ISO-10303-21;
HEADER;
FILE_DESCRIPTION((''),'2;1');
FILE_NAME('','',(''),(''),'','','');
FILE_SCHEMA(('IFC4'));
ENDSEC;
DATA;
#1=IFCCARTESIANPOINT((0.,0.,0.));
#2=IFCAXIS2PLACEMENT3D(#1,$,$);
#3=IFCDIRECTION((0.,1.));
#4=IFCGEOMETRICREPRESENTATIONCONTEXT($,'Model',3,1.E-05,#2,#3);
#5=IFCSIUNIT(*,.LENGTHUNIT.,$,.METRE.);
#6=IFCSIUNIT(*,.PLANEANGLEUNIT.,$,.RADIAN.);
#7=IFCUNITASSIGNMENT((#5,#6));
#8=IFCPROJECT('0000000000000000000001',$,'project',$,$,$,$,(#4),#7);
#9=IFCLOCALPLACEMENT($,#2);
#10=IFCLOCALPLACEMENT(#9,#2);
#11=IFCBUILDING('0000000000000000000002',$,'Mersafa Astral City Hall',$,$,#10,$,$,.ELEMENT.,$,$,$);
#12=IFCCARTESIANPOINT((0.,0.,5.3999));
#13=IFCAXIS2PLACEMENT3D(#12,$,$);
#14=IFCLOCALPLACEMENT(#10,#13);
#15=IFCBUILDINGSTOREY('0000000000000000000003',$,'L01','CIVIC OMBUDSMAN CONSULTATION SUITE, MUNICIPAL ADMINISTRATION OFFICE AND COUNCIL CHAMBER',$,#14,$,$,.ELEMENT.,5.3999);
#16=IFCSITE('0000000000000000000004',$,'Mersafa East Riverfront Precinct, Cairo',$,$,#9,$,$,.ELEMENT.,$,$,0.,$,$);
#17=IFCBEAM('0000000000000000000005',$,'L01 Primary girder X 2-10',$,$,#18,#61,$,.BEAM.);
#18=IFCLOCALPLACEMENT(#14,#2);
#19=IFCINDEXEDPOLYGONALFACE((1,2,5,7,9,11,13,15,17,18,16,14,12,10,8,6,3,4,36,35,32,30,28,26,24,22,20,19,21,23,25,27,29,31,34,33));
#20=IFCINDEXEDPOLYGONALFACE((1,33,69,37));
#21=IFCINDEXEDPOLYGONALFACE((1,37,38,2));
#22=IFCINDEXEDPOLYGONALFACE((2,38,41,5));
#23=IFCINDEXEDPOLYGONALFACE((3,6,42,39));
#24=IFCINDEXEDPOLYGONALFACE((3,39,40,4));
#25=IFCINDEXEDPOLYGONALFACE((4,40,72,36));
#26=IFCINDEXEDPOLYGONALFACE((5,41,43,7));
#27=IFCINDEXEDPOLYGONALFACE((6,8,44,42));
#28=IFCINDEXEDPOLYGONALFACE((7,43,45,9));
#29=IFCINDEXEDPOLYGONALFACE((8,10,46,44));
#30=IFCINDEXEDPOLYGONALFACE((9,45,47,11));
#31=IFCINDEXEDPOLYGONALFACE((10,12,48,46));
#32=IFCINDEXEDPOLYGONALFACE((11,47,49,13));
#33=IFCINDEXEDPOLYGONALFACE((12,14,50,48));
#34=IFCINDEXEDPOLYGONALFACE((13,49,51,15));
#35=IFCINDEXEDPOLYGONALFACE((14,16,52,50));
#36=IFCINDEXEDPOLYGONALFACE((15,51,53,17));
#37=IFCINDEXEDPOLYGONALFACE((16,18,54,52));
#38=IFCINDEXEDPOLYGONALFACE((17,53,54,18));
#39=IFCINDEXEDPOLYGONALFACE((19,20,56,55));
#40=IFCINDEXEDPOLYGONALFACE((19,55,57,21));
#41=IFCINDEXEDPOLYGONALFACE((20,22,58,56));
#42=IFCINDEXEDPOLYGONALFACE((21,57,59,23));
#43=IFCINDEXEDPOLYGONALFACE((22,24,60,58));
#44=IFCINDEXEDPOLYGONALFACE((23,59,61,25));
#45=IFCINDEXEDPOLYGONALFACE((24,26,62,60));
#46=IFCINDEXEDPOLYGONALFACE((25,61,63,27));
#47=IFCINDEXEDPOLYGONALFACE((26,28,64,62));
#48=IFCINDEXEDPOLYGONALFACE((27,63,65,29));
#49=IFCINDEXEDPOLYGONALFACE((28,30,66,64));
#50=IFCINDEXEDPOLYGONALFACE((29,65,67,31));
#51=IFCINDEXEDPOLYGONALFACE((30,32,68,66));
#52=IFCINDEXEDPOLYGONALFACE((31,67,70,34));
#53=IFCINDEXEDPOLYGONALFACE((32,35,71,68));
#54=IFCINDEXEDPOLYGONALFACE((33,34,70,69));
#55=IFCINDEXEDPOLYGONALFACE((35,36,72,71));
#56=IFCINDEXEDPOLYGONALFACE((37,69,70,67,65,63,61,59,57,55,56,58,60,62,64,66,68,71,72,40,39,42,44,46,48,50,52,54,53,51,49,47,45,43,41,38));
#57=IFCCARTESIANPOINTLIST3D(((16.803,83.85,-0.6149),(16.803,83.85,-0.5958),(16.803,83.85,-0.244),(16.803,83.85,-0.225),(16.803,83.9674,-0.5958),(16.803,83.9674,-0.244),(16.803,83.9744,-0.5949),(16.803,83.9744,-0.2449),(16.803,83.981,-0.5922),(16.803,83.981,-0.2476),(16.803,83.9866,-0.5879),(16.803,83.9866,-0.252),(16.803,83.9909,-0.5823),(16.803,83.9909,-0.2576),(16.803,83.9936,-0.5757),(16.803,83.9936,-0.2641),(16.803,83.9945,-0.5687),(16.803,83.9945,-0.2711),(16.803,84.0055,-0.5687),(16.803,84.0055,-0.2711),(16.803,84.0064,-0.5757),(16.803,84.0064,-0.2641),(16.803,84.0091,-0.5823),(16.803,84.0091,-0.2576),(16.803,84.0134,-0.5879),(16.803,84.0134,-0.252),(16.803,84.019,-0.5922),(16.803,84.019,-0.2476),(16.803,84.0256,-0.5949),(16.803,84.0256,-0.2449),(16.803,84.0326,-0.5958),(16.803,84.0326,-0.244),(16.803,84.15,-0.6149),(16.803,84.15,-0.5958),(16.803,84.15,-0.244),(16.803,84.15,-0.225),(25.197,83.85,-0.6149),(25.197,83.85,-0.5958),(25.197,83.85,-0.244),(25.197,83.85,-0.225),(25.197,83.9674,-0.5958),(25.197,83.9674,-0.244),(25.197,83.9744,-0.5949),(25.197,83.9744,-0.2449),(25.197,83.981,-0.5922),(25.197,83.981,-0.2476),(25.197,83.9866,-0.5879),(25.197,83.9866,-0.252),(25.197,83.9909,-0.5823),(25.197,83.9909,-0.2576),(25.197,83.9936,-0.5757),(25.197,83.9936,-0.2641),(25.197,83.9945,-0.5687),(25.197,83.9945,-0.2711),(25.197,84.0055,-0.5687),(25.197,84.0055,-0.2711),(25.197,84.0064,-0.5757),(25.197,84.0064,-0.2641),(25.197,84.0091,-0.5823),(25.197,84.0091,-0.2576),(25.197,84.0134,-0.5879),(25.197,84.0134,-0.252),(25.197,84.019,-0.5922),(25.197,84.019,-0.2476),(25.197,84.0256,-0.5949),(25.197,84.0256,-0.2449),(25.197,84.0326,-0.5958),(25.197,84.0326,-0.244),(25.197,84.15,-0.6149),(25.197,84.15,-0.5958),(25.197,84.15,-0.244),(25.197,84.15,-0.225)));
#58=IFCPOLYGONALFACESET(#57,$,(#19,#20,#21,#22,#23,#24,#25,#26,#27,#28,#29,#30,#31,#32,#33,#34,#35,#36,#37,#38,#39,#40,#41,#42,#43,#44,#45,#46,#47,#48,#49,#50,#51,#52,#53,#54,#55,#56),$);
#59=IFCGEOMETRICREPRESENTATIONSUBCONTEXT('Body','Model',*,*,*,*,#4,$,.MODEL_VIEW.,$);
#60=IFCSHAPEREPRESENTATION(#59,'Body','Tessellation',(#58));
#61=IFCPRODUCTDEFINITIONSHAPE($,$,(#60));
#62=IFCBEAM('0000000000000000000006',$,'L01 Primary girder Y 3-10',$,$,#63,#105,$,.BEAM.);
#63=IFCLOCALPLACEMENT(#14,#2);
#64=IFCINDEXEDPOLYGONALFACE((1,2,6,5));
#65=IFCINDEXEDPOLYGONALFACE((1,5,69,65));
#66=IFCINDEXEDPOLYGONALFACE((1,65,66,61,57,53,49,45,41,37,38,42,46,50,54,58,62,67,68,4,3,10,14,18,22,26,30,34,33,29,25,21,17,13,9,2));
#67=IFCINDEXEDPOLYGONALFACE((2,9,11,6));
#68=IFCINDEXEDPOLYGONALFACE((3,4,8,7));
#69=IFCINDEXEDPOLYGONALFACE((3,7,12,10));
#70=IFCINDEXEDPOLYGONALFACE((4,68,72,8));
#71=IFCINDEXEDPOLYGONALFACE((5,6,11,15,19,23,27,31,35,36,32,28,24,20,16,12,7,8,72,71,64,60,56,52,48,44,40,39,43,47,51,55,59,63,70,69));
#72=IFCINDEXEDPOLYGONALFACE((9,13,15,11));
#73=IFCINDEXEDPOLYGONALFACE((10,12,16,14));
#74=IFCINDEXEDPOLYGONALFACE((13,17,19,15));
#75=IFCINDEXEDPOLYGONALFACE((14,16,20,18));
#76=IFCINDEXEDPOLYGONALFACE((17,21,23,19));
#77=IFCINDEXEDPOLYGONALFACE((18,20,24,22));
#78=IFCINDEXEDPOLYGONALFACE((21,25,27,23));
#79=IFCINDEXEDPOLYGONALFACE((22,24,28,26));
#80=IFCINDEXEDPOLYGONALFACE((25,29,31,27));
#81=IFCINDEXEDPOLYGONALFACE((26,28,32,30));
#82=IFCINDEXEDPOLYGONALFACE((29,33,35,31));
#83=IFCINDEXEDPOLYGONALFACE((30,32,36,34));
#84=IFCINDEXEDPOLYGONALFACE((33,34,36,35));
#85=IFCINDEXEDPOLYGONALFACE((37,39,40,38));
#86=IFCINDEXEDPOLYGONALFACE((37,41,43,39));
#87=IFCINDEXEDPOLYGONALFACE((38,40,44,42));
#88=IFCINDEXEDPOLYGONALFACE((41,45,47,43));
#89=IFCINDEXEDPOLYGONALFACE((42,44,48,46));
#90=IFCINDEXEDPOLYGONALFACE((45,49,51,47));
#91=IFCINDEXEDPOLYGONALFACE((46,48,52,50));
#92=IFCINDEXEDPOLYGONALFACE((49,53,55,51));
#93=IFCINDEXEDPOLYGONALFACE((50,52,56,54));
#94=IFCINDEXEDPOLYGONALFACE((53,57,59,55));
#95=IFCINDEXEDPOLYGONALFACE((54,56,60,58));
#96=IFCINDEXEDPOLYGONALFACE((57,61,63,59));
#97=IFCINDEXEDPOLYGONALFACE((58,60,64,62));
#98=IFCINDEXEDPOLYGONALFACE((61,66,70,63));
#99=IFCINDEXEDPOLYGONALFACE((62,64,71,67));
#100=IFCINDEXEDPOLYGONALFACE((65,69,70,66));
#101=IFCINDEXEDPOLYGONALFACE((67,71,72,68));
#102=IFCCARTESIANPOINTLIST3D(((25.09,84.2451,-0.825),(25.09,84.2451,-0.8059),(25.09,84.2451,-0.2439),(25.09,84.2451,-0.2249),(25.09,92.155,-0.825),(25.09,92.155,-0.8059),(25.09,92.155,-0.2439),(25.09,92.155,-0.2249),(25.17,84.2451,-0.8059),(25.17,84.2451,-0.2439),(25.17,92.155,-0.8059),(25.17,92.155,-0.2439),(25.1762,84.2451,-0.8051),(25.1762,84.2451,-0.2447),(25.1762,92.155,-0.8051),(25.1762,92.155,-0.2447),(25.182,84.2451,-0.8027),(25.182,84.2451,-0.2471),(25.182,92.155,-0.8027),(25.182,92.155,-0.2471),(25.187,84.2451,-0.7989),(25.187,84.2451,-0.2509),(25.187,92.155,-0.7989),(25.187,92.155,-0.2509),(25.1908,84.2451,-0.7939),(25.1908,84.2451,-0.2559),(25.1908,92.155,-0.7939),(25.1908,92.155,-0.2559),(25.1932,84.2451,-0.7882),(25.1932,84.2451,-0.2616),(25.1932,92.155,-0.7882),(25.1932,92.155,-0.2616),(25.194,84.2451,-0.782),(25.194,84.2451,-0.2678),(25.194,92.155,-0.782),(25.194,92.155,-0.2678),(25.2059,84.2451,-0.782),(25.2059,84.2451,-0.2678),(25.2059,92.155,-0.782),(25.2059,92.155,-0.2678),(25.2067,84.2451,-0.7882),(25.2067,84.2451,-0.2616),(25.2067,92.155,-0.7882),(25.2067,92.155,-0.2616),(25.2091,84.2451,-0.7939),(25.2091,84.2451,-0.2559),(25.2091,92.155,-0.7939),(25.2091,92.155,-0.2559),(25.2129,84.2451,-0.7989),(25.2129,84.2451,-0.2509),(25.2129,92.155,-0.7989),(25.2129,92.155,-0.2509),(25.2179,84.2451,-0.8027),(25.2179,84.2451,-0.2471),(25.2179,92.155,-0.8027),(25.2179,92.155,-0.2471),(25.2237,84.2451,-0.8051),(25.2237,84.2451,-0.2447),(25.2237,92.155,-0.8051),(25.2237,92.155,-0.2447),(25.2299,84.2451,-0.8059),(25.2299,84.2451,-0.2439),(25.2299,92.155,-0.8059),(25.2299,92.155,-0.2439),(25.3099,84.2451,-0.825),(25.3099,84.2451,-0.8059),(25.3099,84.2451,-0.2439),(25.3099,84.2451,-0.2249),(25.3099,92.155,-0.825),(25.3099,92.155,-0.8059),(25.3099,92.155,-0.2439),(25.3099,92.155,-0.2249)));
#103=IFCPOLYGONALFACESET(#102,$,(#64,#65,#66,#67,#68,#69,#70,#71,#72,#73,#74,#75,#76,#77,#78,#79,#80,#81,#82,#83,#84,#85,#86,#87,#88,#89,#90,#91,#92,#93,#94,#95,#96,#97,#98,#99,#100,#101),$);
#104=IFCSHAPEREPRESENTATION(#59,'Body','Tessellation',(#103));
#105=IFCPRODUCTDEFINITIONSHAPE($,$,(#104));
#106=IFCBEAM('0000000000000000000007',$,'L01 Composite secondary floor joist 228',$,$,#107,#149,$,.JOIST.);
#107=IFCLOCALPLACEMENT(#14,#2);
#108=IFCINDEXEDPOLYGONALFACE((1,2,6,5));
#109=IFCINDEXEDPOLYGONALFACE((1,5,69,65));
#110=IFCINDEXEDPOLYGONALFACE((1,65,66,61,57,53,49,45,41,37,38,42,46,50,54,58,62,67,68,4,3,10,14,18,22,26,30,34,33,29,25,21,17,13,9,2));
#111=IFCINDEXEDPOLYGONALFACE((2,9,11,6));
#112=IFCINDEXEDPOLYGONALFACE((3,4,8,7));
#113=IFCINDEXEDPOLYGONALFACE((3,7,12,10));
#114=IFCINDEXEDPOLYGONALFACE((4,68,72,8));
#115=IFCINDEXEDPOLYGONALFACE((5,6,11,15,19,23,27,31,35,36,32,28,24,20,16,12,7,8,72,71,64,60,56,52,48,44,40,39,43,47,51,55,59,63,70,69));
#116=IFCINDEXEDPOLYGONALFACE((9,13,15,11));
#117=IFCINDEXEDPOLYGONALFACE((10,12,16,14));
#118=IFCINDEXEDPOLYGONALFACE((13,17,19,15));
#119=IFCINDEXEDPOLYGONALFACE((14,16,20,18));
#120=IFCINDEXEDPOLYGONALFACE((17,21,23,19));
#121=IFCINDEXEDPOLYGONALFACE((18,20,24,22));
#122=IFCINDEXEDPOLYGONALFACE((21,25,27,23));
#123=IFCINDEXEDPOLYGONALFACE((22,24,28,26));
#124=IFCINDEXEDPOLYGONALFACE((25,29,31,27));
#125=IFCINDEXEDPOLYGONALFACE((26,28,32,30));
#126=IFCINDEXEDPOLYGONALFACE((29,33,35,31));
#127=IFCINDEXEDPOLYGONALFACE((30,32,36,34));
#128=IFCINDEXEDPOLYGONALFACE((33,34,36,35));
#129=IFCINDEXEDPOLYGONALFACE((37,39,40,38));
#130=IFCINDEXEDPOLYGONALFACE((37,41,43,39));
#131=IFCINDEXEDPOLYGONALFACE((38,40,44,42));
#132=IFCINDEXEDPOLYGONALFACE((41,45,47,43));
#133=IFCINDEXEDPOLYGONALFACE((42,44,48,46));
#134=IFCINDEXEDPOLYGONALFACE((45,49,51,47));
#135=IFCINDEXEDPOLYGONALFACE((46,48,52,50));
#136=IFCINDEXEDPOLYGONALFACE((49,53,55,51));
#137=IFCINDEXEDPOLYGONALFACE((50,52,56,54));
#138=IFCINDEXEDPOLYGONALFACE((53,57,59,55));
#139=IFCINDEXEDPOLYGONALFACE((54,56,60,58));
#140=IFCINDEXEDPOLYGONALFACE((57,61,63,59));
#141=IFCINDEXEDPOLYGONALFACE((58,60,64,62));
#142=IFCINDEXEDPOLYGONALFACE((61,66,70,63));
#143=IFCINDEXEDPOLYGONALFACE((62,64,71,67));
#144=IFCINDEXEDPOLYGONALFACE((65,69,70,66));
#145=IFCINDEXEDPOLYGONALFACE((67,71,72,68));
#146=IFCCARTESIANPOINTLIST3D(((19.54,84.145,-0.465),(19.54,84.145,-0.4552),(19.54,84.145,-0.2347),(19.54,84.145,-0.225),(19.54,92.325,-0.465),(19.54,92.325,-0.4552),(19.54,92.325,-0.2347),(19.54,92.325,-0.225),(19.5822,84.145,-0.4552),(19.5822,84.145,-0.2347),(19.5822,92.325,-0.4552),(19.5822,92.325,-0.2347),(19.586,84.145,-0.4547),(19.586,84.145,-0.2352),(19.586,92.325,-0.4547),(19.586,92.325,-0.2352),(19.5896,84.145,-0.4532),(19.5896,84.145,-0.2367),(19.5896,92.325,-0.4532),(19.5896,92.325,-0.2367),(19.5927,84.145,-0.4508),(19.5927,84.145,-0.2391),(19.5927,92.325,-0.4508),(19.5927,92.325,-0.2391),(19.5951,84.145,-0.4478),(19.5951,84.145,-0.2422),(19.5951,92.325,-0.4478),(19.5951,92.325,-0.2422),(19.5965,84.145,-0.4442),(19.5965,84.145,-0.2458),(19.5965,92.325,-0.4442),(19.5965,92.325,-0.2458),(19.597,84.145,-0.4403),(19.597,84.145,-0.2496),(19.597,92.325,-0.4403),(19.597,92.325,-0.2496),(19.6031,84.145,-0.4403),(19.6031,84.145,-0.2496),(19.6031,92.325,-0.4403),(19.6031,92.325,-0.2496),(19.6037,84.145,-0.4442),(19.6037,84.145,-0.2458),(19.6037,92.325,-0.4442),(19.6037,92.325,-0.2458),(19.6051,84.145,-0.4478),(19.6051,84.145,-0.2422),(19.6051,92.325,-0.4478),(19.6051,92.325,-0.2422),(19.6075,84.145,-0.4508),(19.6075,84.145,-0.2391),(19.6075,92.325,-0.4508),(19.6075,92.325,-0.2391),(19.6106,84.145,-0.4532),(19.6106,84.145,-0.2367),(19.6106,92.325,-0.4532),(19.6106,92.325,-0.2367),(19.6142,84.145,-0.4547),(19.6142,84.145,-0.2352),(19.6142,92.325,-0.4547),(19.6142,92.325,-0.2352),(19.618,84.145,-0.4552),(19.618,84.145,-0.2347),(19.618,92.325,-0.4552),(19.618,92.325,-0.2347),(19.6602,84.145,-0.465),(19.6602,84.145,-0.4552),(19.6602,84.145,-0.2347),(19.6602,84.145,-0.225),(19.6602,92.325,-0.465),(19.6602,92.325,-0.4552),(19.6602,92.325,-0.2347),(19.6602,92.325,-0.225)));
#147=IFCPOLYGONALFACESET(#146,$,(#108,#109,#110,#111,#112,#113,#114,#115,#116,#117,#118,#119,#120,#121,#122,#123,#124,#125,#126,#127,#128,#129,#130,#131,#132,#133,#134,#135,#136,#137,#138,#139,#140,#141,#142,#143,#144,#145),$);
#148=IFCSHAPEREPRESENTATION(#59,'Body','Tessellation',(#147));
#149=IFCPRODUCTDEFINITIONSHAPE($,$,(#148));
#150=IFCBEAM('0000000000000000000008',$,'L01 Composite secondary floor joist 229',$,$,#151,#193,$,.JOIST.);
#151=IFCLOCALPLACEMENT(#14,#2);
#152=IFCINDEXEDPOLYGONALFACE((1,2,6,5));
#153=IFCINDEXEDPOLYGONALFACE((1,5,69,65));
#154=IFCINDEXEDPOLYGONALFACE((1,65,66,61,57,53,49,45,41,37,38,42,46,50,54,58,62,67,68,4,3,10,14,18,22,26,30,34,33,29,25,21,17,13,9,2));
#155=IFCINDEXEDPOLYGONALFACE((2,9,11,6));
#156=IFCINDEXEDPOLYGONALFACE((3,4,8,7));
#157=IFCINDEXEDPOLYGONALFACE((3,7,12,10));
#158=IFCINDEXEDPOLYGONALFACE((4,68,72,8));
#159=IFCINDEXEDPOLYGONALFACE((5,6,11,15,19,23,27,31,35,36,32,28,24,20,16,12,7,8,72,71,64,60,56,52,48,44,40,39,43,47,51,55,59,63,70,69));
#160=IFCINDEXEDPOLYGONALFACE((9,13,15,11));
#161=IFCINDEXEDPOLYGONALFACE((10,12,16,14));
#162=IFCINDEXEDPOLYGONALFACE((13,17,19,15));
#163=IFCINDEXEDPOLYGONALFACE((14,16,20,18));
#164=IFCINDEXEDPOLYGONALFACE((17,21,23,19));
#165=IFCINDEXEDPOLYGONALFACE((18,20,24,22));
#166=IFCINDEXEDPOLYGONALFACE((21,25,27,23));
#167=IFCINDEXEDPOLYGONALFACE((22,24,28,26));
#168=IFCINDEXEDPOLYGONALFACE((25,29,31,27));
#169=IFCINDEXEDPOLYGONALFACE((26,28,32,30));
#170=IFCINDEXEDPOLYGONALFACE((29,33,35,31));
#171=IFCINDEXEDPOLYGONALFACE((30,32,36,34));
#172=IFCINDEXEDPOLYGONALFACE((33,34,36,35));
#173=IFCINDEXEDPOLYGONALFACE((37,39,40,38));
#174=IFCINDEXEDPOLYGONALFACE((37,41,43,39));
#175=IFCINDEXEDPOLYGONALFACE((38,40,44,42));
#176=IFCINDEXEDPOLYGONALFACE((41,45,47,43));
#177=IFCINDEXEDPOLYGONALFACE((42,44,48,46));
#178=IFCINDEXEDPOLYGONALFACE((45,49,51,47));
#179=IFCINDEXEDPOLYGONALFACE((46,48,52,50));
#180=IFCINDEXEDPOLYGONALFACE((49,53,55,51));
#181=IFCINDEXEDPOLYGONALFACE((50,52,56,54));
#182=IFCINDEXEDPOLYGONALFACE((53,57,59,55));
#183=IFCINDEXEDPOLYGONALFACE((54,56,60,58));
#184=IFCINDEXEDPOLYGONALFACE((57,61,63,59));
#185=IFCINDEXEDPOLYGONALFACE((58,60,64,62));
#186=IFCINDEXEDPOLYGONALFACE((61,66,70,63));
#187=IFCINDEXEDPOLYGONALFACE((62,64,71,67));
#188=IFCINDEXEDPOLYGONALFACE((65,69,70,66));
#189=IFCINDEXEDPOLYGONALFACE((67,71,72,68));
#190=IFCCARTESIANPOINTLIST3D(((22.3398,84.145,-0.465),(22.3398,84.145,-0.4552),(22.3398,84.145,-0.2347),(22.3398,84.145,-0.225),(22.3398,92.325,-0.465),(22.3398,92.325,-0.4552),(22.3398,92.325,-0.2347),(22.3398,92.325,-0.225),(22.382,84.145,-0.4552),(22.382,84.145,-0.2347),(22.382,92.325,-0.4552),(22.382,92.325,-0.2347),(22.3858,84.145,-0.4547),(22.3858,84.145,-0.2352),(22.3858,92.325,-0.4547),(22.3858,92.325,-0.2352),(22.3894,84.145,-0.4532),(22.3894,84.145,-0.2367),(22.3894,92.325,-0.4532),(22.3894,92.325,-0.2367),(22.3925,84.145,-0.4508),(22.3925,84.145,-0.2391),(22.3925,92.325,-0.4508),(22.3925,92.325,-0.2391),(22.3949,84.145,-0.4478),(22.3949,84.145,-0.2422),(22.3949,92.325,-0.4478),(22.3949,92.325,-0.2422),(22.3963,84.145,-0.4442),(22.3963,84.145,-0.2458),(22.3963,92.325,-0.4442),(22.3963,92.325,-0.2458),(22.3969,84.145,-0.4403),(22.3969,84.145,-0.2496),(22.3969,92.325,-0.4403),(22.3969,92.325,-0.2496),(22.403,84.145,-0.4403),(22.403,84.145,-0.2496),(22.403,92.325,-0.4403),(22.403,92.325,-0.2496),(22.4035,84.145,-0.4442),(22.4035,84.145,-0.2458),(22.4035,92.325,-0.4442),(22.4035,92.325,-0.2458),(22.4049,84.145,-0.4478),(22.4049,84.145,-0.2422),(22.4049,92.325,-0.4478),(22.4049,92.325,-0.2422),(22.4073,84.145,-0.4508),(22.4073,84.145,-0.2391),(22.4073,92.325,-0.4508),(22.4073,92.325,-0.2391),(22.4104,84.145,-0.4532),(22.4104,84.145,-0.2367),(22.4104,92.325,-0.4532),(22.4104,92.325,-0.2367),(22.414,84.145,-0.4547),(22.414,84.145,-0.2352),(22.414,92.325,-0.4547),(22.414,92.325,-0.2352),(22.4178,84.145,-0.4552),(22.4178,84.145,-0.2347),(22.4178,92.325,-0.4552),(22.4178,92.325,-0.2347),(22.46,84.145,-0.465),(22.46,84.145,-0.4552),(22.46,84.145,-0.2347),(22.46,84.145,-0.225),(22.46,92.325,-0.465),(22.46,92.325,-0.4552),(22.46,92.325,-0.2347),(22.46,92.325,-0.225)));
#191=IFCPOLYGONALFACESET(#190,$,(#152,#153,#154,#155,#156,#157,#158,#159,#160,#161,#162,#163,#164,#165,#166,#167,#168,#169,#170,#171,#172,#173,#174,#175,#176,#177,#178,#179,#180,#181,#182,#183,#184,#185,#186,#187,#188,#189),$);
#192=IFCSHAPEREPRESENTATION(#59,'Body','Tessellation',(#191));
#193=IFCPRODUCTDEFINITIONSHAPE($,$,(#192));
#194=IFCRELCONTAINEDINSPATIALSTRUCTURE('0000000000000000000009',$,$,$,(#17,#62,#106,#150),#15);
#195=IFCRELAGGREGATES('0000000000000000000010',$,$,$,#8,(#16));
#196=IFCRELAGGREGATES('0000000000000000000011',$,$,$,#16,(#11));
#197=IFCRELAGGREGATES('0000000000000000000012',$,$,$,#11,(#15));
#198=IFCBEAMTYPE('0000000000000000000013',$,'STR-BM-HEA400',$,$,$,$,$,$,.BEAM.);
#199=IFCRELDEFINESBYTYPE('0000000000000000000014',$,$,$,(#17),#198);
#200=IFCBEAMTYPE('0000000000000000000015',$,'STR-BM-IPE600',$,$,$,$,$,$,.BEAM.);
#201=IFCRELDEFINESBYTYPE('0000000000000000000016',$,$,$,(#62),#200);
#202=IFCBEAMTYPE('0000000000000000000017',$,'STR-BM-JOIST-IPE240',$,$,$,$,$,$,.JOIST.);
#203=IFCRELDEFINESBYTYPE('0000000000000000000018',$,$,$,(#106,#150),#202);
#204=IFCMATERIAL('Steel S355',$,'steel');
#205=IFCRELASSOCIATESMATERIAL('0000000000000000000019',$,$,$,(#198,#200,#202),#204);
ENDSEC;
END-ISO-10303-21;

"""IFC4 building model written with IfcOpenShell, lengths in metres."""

from ifc_helpers import new_model, si_unit, direction, frame, origin, origin_2d, place, context, subcontext, project, spatial, i_section, extrude, material, material_profile, profile_set, type_object, element, save


model = new_model("IFC4")

# Units and contexts
model_context = context("Model", 3, precision=1e-05, world=origin(), true_north=direction((0.0, 1.0)))
body_context = subcontext(model_context, "Body", "Model", "MODEL_VIEW")
ifc_project = project(units=[si_unit("LENGTHUNIT", "METRE"), si_unit("PLANEANGLEUNIT", "RADIAN")], contexts=[model_context])

# Site, building, storey
site_placement = place(None, origin())
site = spatial("IfcSite", under=ifc_project, at=site_placement, Name="Mersafa East Riverfront Precinct, Cairo", CompositionType="ELEMENT", RefElevation=0.0)
building_placement = place(site_placement, origin())
building = spatial("IfcBuilding", under=site, at=building_placement, Name="Mersafa Astral City Hall", CompositionType="ELEMENT")
storey_placement = place(building_placement, frame((0.0, 0.0, 5.3999)))
storey = spatial("IfcBuildingStorey", under=building, at=storey_placement, Name="L01", Description="CIVIC OMBUDSMAN CONSULTATION SUITE, MUNICIPAL ADMINISTRATION OFFICE AND COUNCIL CHAMBER", CompositionType="ELEMENT", Elevation=5.3999)

# Shared definitions
ifc_material_1 = material(Name="Steel S355", Category="steel")

# Beams
ifc_material_profile_1 = material_profile(ifc_material_1, i_section(OverallWidth=0.3, OverallDepth=0.3899, WebThickness=0.011, FlangeThickness=0.019, FilletRadius=0.0271, at=origin_2d()), Name="HEA 400")
ifc_profile_set_1 = profile_set([ifc_material_profile_1], Name="Steel S355")
beam_type_1 = type_object("IfcBeamType", Name="STR-BM-HEA400", PredefinedType="BEAM", material=ifc_profile_set_1)
beam_1_placement = place(storey_placement, frame((16.803, 84.0, -0.4199), z_axis=(1.0, 0.0, 0.0), x_axis=(0.0, 1.0, 0.0)))
element("IfcBeam", 1, at=beam_1_placement, inside=storey, type_object=beam_type_1, Name="L01 Primary girder X 2-10", PredefinedType="BEAM", context=body_context, shape_type="SweptSolid", body=[
    extrude(i_section(OverallWidth=0.3, OverallDepth=0.3899, WebThickness=0.011, FlangeThickness=0.019, FilletRadius=0.0271, at=origin_2d()), origin(), (0.0, 0.0, 1.0), 8.394),
])
ifc_material_profile_2 = material_profile(ifc_material_1, i_section(OverallWidth=0.22, OverallDepth=0.6001, WebThickness=0.012, FlangeThickness=0.019, FilletRadius=0.0239, at=origin_2d()), Name="IPE 600")
ifc_profile_set_2 = profile_set([ifc_material_profile_2], Name="Steel S355")
beam_type_2 = type_object("IfcBeamType", Name="STR-BM-IPE600", PredefinedType="BEAM", material=ifc_profile_set_2)
beam_2_placement = place(storey_placement, frame((25.2, 84.2451, -0.5249), z_axis=(0.0, 1.0, 0.0), x_axis=(-1.0, 0.0, 0.0)))
element("IfcBeam", 2, at=beam_2_placement, inside=storey, type_object=beam_type_2, Name="L01 Primary girder Y 3-10", PredefinedType="BEAM", context=body_context, shape_type="SweptSolid", body=[
    extrude(i_section(OverallWidth=0.22, OverallDepth=0.6001, WebThickness=0.012, FlangeThickness=0.019, FilletRadius=0.0239, at=origin_2d()), origin(), (0.0, 0.0, 1.0), 7.9099),
])
ifc_material_profile_3 = material_profile(ifc_material_1, i_section(OverallWidth=0.1201, OverallDepth=0.24, WebThickness=0.0061, FlangeThickness=0.0098, FilletRadius=0.0149, at=origin_2d()), Name="IPE 240")
ifc_profile_set_3 = profile_set([ifc_material_profile_3], Name="Steel S355")
beam_type_3 = type_object("IfcBeamType", Name="STR-BM-JOIST-IPE240", PredefinedType="JOIST", material=ifc_profile_set_3)
for number, where, z_axis, x_axis, name in (
    (3, (19.6001, 84.145, -0.345), (0.0, 1.0, 0.0), (-1.0, 0.0, 0.0), "L01 Composite secondary floor joist 228"),
    (4, (22.3999, 84.145, -0.345), (0.0, 1.0, 0.0), (-1.0, 0.0, 0.0), "L01 Composite secondary floor joist 229"),
):
    element("IfcBeam", number, at=place(storey_placement, frame(where, z_axis=z_axis, x_axis=x_axis)), inside=storey, type_object=beam_type_3, Name=name, PredefinedType="JOIST", context=body_context, shape_type="SweptSolid", body=[
        extrude(i_section(OverallWidth=0.1201, OverallDepth=0.24, WebThickness=0.0061, FlangeThickness=0.0098, FilletRadius=0.0149, at=origin_2d()), origin(), (0.0, 0.0, 1.0), 8.1799),
    ])

save(model, "model.ifc")
